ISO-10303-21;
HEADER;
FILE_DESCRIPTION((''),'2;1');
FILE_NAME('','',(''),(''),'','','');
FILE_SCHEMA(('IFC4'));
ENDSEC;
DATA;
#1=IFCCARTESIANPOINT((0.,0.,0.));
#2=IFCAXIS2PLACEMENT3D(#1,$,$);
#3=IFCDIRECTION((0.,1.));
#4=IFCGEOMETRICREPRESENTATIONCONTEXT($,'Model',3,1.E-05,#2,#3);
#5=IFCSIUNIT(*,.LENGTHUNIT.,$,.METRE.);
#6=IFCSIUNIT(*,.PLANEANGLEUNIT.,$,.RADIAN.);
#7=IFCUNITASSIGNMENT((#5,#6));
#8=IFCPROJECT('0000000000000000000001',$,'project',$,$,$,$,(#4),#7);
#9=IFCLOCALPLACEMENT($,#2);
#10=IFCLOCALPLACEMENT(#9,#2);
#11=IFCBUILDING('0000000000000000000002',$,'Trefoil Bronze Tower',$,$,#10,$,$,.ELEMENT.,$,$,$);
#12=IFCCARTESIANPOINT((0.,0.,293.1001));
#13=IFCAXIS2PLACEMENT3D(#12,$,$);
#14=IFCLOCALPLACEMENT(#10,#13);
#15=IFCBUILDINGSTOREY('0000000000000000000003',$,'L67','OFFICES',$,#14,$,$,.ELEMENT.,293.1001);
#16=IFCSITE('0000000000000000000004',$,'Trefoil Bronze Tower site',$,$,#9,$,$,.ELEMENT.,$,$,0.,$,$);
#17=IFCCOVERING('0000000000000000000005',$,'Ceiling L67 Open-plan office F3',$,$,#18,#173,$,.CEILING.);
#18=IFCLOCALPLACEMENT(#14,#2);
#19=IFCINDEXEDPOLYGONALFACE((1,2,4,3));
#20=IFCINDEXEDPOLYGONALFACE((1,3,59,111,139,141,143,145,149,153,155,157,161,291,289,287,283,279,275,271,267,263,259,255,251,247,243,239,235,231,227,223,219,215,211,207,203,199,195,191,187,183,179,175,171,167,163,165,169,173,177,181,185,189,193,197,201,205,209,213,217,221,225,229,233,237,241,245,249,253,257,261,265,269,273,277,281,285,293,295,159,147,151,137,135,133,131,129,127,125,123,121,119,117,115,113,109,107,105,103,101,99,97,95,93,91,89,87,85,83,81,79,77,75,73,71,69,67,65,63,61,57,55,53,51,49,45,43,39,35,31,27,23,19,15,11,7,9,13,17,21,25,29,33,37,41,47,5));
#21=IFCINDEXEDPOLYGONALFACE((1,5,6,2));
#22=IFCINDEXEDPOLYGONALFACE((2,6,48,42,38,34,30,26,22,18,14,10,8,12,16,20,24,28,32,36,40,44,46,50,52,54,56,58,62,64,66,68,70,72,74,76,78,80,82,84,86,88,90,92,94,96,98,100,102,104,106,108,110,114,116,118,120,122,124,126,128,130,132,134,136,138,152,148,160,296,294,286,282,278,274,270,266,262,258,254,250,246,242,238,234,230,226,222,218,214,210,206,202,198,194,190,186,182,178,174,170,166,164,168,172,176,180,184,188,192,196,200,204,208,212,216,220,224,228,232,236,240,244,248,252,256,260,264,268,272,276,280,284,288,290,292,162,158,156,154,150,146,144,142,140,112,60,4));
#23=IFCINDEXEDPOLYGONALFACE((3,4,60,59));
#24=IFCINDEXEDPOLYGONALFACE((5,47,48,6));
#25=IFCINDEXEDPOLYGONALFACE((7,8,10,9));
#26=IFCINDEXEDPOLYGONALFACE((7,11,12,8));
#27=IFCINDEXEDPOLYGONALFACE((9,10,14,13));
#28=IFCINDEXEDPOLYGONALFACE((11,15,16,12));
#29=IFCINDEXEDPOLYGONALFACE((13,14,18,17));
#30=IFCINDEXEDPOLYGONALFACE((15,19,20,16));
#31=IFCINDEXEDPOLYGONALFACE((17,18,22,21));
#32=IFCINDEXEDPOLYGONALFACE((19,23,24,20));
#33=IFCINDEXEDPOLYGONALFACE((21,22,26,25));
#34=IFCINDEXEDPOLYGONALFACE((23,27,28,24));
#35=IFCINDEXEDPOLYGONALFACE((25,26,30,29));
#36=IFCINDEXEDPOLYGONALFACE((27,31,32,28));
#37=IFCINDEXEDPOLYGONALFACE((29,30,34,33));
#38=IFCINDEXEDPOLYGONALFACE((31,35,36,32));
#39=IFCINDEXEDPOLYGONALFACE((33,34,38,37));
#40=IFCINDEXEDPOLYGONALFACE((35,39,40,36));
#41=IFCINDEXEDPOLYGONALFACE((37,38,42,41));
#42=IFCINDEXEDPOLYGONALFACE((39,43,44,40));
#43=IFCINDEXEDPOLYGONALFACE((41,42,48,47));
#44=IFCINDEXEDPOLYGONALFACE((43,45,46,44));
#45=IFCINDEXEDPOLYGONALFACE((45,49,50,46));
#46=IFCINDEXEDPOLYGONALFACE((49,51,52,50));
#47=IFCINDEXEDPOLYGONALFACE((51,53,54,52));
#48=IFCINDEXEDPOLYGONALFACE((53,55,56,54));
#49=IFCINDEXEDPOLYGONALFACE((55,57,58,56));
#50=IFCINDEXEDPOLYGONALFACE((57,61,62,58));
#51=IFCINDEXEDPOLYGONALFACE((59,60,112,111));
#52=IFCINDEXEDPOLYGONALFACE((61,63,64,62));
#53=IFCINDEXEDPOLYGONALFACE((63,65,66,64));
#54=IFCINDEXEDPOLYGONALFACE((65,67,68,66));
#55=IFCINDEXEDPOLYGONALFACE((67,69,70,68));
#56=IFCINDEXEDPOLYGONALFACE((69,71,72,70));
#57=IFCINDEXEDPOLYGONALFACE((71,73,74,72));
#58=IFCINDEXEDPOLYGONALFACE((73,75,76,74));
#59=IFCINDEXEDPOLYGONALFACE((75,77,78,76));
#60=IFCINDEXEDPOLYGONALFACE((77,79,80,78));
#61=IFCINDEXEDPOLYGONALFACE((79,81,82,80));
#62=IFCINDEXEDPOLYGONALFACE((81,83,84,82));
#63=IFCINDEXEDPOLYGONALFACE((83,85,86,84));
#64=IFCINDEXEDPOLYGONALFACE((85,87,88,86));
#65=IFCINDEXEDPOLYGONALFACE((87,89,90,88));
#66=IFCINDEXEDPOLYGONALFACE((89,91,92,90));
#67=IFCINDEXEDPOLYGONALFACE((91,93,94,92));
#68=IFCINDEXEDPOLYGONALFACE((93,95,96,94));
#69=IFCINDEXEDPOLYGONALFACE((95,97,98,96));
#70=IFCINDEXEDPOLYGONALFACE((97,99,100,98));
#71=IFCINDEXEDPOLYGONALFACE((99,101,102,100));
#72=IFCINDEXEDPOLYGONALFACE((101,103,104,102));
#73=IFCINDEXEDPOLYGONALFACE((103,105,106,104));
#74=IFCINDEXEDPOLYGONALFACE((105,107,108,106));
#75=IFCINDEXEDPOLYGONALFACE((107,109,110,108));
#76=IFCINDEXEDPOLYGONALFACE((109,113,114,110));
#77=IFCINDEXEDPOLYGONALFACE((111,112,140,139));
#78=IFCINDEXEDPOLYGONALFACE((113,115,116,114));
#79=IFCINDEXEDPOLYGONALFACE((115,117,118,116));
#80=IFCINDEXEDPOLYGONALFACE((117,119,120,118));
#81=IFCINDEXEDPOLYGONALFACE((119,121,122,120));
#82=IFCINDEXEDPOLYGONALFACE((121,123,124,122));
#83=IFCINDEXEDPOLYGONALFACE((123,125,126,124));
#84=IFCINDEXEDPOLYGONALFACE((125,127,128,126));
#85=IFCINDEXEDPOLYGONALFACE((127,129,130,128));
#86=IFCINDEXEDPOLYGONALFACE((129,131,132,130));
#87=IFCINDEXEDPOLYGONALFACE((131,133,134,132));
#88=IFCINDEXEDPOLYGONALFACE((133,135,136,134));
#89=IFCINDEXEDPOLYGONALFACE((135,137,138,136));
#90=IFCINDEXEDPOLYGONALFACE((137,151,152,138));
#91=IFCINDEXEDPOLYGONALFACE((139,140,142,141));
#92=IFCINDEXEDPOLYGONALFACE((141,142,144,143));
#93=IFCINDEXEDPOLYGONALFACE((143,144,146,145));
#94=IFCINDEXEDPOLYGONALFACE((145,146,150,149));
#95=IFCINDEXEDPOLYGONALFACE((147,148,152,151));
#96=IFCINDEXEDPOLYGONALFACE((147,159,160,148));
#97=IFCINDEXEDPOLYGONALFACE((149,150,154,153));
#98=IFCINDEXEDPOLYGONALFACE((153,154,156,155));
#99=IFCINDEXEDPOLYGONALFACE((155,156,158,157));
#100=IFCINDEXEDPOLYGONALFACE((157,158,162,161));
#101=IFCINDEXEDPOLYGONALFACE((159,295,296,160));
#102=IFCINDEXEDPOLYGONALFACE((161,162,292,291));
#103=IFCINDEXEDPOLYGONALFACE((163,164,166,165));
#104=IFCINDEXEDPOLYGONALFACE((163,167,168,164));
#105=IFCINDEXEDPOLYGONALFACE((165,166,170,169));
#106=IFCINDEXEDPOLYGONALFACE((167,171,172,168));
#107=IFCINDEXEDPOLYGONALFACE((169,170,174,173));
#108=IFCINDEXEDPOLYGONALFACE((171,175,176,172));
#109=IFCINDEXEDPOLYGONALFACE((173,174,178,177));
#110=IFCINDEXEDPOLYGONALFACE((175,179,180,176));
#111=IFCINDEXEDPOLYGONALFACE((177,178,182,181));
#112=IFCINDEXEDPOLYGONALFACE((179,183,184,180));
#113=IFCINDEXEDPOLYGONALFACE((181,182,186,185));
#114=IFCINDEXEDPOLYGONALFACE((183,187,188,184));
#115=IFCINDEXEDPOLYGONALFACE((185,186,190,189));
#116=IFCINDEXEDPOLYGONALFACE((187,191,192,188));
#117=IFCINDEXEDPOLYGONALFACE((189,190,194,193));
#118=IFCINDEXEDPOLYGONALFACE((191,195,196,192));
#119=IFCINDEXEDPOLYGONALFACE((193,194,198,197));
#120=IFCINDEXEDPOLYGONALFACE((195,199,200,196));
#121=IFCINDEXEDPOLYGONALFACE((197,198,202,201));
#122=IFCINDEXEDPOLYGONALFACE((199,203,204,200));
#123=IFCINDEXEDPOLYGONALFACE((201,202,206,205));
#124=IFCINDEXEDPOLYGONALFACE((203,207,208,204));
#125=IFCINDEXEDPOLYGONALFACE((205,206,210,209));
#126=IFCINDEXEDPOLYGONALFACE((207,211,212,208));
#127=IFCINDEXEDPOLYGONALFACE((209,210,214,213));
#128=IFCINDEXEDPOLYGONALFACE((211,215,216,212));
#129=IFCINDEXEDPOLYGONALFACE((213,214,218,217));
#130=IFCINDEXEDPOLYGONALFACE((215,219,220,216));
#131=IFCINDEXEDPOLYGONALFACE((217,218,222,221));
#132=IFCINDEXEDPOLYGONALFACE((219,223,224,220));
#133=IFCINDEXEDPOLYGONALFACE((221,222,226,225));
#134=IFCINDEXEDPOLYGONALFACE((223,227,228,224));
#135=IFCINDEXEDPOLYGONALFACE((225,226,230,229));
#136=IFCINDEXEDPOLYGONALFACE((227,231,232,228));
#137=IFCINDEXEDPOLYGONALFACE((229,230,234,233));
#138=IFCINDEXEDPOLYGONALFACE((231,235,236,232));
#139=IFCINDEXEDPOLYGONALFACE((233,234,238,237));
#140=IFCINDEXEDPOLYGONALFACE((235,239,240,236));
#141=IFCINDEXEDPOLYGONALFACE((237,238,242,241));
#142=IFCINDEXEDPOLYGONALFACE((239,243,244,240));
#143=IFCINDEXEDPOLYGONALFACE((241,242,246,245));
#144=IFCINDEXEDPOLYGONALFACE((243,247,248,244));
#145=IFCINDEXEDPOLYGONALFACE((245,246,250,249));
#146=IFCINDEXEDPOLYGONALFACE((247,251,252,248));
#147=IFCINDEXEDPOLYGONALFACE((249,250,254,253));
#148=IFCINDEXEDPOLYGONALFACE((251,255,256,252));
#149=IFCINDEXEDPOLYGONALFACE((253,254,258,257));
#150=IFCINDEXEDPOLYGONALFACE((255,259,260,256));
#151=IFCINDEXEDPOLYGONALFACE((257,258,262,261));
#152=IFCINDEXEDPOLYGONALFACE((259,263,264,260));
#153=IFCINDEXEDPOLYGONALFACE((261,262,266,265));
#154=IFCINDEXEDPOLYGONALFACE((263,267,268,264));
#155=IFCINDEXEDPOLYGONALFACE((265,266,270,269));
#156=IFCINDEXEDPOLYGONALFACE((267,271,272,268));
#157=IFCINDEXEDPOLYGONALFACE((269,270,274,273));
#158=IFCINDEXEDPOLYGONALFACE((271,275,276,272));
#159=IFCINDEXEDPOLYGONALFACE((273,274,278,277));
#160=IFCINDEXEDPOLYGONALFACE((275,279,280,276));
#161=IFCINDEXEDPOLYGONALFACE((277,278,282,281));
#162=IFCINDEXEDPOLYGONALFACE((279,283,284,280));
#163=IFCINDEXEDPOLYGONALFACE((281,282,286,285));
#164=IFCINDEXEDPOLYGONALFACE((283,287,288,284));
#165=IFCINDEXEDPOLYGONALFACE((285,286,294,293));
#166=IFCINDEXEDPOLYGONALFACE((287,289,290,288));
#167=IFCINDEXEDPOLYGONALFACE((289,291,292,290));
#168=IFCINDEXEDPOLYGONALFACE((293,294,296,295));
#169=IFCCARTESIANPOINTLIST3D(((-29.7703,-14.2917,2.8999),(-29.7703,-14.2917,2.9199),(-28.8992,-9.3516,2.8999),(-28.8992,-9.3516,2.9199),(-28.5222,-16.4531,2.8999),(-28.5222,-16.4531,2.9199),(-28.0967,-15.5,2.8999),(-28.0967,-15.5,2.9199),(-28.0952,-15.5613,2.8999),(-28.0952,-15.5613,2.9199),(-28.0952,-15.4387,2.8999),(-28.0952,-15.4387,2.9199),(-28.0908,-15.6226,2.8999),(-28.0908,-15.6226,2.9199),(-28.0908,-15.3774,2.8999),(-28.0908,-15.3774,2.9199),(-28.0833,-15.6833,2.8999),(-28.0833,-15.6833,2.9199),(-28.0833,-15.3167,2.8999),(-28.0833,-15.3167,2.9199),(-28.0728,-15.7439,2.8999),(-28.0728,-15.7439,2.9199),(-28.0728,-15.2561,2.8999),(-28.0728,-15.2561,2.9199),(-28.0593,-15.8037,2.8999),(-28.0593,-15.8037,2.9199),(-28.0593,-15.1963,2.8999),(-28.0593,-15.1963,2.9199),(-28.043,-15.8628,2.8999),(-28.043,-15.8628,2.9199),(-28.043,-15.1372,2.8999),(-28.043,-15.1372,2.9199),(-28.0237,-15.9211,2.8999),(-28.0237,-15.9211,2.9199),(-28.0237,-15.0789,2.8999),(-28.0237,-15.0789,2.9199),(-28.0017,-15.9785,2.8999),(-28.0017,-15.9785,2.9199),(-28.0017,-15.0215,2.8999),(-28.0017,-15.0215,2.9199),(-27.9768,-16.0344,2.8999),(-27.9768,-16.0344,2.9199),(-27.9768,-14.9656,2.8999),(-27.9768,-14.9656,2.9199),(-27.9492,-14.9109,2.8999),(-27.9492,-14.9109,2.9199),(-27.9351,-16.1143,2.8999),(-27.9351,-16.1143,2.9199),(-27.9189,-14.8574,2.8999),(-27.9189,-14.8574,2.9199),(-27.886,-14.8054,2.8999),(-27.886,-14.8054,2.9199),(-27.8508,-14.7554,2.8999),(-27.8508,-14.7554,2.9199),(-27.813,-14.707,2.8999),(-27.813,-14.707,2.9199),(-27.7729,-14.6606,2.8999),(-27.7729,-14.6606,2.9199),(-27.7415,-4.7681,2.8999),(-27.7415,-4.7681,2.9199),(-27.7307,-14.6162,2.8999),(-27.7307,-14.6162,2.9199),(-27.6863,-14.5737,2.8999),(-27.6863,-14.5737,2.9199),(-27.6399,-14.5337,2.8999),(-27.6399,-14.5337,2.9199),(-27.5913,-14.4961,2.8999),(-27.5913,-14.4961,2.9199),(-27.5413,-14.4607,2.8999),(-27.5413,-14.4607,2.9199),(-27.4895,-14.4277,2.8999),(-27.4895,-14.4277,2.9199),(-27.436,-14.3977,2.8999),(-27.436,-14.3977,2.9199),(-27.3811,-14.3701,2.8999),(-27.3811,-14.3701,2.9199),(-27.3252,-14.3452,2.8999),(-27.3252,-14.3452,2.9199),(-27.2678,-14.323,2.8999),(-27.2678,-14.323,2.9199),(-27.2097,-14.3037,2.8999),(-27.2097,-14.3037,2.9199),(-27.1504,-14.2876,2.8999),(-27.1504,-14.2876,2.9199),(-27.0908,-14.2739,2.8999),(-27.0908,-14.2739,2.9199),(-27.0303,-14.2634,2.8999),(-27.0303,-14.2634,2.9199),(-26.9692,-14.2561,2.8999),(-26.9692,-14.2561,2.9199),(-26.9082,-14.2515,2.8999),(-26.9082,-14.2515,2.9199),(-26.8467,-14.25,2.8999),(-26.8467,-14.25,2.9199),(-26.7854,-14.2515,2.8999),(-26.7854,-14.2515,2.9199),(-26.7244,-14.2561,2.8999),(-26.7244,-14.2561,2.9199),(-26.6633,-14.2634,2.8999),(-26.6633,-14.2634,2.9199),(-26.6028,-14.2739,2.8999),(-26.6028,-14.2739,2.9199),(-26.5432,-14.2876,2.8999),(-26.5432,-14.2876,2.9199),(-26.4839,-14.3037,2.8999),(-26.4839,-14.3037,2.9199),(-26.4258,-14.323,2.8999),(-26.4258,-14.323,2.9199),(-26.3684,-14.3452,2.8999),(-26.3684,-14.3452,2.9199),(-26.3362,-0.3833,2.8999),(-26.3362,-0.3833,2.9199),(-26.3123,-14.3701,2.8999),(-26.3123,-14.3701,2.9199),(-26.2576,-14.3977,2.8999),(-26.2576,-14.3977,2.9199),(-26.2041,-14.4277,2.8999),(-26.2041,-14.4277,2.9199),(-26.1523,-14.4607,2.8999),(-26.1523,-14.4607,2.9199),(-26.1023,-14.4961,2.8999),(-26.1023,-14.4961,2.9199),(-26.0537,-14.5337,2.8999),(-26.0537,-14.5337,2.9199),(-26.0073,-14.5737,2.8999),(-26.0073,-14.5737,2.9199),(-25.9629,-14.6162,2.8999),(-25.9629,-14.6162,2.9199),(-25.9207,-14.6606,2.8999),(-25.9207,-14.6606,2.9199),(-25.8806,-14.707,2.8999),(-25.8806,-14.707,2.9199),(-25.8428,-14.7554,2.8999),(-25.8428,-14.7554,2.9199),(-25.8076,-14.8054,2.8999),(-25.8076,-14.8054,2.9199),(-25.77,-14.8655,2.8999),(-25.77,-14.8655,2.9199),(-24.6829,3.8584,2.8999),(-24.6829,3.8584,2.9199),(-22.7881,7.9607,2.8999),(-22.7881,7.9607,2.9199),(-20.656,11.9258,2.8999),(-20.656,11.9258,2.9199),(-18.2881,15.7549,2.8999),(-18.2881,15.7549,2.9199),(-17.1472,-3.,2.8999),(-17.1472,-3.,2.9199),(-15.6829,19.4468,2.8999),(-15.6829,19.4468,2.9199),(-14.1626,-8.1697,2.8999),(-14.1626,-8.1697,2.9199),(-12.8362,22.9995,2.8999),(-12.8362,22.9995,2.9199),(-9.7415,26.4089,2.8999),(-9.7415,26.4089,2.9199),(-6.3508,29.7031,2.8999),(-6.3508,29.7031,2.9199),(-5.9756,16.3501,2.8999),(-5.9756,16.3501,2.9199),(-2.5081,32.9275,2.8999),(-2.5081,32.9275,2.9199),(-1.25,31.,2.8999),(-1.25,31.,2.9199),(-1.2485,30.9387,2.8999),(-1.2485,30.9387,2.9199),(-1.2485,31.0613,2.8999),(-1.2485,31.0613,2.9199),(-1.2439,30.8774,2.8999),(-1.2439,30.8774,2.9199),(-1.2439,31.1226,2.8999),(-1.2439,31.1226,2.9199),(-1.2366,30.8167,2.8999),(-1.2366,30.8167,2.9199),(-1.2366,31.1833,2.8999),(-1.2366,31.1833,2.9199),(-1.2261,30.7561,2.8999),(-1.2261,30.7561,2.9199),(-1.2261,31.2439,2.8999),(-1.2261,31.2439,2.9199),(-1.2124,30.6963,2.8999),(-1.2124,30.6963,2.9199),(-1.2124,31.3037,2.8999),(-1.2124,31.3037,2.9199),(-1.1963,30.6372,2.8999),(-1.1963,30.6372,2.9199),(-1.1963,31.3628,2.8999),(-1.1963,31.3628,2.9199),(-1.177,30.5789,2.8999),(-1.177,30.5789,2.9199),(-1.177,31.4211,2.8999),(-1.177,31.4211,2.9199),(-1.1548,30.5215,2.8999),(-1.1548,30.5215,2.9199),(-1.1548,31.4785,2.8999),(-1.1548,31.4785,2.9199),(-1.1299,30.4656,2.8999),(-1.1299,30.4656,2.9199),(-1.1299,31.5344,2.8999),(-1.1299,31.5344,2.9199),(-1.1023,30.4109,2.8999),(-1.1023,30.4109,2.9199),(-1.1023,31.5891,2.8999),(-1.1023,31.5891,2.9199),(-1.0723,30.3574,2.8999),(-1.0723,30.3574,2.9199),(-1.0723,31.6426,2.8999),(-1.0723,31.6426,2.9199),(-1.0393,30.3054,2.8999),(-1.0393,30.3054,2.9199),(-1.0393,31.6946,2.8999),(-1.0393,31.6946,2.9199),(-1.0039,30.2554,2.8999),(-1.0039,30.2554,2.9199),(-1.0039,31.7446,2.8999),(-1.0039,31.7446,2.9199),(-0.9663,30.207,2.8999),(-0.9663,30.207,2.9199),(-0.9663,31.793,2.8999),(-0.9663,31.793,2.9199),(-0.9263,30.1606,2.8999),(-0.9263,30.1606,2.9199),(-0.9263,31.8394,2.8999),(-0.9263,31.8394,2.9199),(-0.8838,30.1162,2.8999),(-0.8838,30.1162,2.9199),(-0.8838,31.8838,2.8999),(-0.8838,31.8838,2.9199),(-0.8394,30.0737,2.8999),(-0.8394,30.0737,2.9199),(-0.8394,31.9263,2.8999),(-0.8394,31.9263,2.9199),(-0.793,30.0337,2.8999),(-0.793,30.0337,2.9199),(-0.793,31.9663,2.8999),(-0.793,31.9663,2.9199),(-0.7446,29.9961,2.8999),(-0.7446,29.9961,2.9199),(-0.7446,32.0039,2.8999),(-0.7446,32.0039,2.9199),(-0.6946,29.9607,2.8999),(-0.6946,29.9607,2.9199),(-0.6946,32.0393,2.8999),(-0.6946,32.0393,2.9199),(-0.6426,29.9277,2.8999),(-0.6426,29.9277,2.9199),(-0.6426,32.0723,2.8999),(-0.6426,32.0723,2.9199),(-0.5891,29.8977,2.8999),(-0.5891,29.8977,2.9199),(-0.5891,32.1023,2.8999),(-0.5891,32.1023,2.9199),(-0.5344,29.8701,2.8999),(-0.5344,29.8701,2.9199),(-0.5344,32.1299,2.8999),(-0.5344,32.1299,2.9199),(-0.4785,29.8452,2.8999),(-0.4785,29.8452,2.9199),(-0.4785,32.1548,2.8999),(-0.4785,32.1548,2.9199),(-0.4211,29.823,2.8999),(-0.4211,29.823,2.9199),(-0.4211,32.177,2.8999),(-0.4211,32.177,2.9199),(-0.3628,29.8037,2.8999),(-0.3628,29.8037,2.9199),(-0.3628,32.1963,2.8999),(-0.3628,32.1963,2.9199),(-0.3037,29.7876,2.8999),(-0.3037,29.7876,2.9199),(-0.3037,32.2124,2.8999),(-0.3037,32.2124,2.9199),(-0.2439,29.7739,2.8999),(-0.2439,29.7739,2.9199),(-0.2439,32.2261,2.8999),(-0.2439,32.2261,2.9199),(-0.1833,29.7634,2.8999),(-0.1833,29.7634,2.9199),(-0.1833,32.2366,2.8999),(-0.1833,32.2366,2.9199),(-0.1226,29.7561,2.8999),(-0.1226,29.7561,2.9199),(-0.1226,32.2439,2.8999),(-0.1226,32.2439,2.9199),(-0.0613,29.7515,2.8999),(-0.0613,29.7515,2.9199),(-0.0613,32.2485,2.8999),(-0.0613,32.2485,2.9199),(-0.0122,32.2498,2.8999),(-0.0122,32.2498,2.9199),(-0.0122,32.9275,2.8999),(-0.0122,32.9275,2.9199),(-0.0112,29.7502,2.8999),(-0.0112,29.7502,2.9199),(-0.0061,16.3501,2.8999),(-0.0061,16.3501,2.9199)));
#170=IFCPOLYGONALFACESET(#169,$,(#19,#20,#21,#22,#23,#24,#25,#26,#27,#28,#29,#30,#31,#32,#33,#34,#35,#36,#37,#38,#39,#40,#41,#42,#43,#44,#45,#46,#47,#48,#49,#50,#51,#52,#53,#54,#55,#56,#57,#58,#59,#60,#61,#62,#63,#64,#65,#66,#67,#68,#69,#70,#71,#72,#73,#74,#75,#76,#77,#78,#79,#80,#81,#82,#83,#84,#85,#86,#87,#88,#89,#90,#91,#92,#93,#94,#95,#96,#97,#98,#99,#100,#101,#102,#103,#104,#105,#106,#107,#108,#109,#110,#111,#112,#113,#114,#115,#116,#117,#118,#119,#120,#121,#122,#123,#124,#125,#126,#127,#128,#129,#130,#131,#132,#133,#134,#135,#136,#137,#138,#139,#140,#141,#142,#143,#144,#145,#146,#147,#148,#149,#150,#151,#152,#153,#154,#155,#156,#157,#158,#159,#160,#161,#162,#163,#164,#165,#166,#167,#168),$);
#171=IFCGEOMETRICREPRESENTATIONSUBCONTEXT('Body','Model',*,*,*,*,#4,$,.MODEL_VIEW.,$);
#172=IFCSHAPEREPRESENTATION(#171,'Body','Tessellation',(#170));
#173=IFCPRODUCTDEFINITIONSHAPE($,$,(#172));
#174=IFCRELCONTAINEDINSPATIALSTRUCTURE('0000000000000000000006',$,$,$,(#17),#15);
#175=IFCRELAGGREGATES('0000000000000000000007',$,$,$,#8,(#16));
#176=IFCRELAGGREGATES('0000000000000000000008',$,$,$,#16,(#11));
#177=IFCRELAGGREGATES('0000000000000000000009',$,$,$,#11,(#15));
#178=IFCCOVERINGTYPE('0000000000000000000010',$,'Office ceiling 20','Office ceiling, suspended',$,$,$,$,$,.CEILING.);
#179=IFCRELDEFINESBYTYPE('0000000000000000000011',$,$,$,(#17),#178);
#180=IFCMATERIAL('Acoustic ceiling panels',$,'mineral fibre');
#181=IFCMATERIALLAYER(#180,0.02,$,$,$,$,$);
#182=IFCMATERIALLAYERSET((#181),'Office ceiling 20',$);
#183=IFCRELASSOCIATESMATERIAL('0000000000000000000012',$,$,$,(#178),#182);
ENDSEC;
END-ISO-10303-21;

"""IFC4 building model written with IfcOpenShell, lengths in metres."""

from ifc_helpers import new_model, si_unit, direction, frame, origin, place, context, subcontext, project, spatial, polyline, outline, extrude, material, layer, layer_set, type_object, element, save


model = new_model("IFC4")

# Units and contexts
model_context = context("Model", 3, precision=1e-05, world=origin(), true_north=direction((0.0, 1.0)))
body_context = subcontext(model_context, "Body", "Model", "MODEL_VIEW")
ifc_project = project(units=[si_unit("LENGTHUNIT", "METRE"), si_unit("PLANEANGLEUNIT", "RADIAN")], contexts=[model_context])

# Site, building, storey
site_placement = place(None, origin())
site = spatial("IfcSite", under=ifc_project, at=site_placement, Name="Trefoil Bronze Tower site", CompositionType="ELEMENT", RefElevation=0.0)
building_placement = place(site_placement, origin())
building = spatial("IfcBuilding", under=site, at=building_placement, Name="Trefoil Bronze Tower", CompositionType="ELEMENT")
storey_placement = place(building_placement, frame((0.0, 0.0, 293.1001)))
storey = spatial("IfcBuildingStorey", under=building, at=storey_placement, Name="L67", Description="OFFICES", CompositionType="ELEMENT", Elevation=293.1001)

# Covering
ifc_material_1 = material(Name="Acoustic ceiling panels", Category="mineral fibre")
ifc_layer_1 = layer(ifc_material_1, 0.02)
ifc_layer_set_1 = layer_set([ifc_layer_1], Name="Office ceiling 20")
covering_type_1 = type_object("IfcCoveringType", Name="Office ceiling 20", Description="Office ceiling, suspended", PredefinedType="CEILING", material=ifc_layer_set_1)
covering_1_placement = place(storey_placement, frame((0.0, 0.0, 2.8999)))
element("IfcCovering", 1, at=covering_1_placement, inside=storey, type_object=covering_type_1, Name="Ceiling L67 Open-plan office F3", PredefinedType="CEILING", context=body_context, shape_type="SweptSolid", body=[
    extrude(outline(polyline([(-27.7415, -4.7681), (-26.3362, -0.3833), (-24.6829, 3.8584), (-22.7881, 7.9607), (-20.656, 11.9258), (-18.2881, 15.7549), (-15.6829, 19.4468), (-12.8362, 22.9995), (-9.7415, 26.4089), (-6.3508, 29.7031), (-2.5081, 32.9275), (-0.0122, 32.9275), (-0.0122, 32.2498), (-0.0613, 32.2485), (-0.1226, 32.2439), (-0.1833, 32.2366), (-0.2439, 32.2261), (-0.3037, 32.2124), (-0.3628, 32.1963), (-0.4211, 32.177), (-0.4785, 32.1548), (-0.5344, 32.1299), (-0.5891, 32.1023), (-0.6426, 32.0723), (-0.6946, 32.0393), (-0.7446, 32.0039), (-0.793, 31.9663), (-0.8394, 31.9263), (-0.8838, 31.8838), (-0.9263, 31.8394), (-0.9663, 31.793), (-1.0039, 31.7446), (-1.0393, 31.6946), (-1.0723, 31.6426), (-1.1023, 31.5891), (-1.1299, 31.5344), (-1.1548, 31.4785), (-1.177, 31.4211), (-1.1963, 31.3628), (-1.2124, 31.3037), (-1.2261, 31.2439), (-1.2366, 31.1833), (-1.2439, 31.1226), (-1.2485, 31.0613), (-1.25, 31.0), (-1.2485, 30.9387), (-1.2439, 30.8774), (-1.2366, 30.8167), (-1.2261, 30.7561), (-1.2124, 30.6963), (-1.1963, 30.6372), (-1.177, 30.5789), (-1.1548, 30.5215), (-1.1299, 30.4656), (-1.1023, 30.4109), (-1.0723, 30.3574), (-1.0393, 30.3054), (-1.0039, 30.2554), (-0.9663, 30.207), (-0.9263, 30.1606), (-0.8838, 30.1162), (-0.8394, 30.0737), (-0.793, 30.0337), (-0.7446, 29.9961), (-0.6946, 29.9607), (-0.6426, 29.9277), (-0.5891, 29.8977), (-0.5344, 29.8701), (-0.4785, 29.8452), (-0.4211, 29.823), (-0.3628, 29.8037), (-0.3037, 29.7876), (-0.2439, 29.7739), (-0.1833, 29.7634), (-0.1226, 29.7561), (-0.0613, 29.7515), (-0.0112, 29.7502), (-0.0061, 16.3501), (-5.9756, 16.3501), (-17.1472, -3.0), (-14.1626, -8.1697), (-25.77, -14.8655), (-25.8076, -14.8054), (-25.8428, -14.7554), (-25.8806, -14.707), (-25.9207, -14.6606), (-25.9629, -14.6162), (-26.0073, -14.5737), (-26.0537, -14.5337), (-26.1023, -14.4961), (-26.1523, -14.4607), (-26.2041, -14.4277), (-26.2576, -14.3977), (-26.3123, -14.3701), (-26.3684, -14.3452), (-26.4258, -14.323), (-26.4839, -14.3037), (-26.5432, -14.2876), (-26.6028, -14.2739), (-26.6633, -14.2634), (-26.7244, -14.2561), (-26.7854, -14.2515), (-26.8467, -14.25), (-26.9082, -14.2515), (-26.9692, -14.2561), (-27.0303, -14.2634), (-27.0908, -14.2739), (-27.1504, -14.2876), (-27.2097, -14.3037), (-27.2678, -14.323), (-27.3252, -14.3452), (-27.3811, -14.3701), (-27.436, -14.3977), (-27.4895, -14.4277), (-27.5413, -14.4607), (-27.5913, -14.4961), (-27.6399, -14.5337), (-27.6863, -14.5737), (-27.7307, -14.6162), (-27.7729, -14.6606), (-27.813, -14.707), (-27.8508, -14.7554), (-27.886, -14.8054), (-27.9189, -14.8574), (-27.9492, -14.9109), (-27.9768, -14.9656), (-28.0017, -15.0215), (-28.0237, -15.0789), (-28.043, -15.1372), (-28.0593, -15.1963), (-28.0728, -15.2561), (-28.0833, -15.3167), (-28.0908, -15.3774), (-28.0952, -15.4387), (-28.0967, -15.5), (-28.0952, -15.5613), (-28.0908, -15.6226), (-28.0833, -15.6833), (-28.0728, -15.7439), (-28.0593, -15.8037), (-28.043, -15.8628), (-28.0237, -15.9211), (-28.0017, -15.9785), (-27.9768, -16.0344), (-27.9351, -16.1143), (-28.5222, -16.4531), (-29.7703, -14.2917), (-28.8992, -9.3516), (-27.7415, -4.7681)])), origin(), (0.0, 0.0, 1.0), 0.02),
])

save(model, "model.ifc")
